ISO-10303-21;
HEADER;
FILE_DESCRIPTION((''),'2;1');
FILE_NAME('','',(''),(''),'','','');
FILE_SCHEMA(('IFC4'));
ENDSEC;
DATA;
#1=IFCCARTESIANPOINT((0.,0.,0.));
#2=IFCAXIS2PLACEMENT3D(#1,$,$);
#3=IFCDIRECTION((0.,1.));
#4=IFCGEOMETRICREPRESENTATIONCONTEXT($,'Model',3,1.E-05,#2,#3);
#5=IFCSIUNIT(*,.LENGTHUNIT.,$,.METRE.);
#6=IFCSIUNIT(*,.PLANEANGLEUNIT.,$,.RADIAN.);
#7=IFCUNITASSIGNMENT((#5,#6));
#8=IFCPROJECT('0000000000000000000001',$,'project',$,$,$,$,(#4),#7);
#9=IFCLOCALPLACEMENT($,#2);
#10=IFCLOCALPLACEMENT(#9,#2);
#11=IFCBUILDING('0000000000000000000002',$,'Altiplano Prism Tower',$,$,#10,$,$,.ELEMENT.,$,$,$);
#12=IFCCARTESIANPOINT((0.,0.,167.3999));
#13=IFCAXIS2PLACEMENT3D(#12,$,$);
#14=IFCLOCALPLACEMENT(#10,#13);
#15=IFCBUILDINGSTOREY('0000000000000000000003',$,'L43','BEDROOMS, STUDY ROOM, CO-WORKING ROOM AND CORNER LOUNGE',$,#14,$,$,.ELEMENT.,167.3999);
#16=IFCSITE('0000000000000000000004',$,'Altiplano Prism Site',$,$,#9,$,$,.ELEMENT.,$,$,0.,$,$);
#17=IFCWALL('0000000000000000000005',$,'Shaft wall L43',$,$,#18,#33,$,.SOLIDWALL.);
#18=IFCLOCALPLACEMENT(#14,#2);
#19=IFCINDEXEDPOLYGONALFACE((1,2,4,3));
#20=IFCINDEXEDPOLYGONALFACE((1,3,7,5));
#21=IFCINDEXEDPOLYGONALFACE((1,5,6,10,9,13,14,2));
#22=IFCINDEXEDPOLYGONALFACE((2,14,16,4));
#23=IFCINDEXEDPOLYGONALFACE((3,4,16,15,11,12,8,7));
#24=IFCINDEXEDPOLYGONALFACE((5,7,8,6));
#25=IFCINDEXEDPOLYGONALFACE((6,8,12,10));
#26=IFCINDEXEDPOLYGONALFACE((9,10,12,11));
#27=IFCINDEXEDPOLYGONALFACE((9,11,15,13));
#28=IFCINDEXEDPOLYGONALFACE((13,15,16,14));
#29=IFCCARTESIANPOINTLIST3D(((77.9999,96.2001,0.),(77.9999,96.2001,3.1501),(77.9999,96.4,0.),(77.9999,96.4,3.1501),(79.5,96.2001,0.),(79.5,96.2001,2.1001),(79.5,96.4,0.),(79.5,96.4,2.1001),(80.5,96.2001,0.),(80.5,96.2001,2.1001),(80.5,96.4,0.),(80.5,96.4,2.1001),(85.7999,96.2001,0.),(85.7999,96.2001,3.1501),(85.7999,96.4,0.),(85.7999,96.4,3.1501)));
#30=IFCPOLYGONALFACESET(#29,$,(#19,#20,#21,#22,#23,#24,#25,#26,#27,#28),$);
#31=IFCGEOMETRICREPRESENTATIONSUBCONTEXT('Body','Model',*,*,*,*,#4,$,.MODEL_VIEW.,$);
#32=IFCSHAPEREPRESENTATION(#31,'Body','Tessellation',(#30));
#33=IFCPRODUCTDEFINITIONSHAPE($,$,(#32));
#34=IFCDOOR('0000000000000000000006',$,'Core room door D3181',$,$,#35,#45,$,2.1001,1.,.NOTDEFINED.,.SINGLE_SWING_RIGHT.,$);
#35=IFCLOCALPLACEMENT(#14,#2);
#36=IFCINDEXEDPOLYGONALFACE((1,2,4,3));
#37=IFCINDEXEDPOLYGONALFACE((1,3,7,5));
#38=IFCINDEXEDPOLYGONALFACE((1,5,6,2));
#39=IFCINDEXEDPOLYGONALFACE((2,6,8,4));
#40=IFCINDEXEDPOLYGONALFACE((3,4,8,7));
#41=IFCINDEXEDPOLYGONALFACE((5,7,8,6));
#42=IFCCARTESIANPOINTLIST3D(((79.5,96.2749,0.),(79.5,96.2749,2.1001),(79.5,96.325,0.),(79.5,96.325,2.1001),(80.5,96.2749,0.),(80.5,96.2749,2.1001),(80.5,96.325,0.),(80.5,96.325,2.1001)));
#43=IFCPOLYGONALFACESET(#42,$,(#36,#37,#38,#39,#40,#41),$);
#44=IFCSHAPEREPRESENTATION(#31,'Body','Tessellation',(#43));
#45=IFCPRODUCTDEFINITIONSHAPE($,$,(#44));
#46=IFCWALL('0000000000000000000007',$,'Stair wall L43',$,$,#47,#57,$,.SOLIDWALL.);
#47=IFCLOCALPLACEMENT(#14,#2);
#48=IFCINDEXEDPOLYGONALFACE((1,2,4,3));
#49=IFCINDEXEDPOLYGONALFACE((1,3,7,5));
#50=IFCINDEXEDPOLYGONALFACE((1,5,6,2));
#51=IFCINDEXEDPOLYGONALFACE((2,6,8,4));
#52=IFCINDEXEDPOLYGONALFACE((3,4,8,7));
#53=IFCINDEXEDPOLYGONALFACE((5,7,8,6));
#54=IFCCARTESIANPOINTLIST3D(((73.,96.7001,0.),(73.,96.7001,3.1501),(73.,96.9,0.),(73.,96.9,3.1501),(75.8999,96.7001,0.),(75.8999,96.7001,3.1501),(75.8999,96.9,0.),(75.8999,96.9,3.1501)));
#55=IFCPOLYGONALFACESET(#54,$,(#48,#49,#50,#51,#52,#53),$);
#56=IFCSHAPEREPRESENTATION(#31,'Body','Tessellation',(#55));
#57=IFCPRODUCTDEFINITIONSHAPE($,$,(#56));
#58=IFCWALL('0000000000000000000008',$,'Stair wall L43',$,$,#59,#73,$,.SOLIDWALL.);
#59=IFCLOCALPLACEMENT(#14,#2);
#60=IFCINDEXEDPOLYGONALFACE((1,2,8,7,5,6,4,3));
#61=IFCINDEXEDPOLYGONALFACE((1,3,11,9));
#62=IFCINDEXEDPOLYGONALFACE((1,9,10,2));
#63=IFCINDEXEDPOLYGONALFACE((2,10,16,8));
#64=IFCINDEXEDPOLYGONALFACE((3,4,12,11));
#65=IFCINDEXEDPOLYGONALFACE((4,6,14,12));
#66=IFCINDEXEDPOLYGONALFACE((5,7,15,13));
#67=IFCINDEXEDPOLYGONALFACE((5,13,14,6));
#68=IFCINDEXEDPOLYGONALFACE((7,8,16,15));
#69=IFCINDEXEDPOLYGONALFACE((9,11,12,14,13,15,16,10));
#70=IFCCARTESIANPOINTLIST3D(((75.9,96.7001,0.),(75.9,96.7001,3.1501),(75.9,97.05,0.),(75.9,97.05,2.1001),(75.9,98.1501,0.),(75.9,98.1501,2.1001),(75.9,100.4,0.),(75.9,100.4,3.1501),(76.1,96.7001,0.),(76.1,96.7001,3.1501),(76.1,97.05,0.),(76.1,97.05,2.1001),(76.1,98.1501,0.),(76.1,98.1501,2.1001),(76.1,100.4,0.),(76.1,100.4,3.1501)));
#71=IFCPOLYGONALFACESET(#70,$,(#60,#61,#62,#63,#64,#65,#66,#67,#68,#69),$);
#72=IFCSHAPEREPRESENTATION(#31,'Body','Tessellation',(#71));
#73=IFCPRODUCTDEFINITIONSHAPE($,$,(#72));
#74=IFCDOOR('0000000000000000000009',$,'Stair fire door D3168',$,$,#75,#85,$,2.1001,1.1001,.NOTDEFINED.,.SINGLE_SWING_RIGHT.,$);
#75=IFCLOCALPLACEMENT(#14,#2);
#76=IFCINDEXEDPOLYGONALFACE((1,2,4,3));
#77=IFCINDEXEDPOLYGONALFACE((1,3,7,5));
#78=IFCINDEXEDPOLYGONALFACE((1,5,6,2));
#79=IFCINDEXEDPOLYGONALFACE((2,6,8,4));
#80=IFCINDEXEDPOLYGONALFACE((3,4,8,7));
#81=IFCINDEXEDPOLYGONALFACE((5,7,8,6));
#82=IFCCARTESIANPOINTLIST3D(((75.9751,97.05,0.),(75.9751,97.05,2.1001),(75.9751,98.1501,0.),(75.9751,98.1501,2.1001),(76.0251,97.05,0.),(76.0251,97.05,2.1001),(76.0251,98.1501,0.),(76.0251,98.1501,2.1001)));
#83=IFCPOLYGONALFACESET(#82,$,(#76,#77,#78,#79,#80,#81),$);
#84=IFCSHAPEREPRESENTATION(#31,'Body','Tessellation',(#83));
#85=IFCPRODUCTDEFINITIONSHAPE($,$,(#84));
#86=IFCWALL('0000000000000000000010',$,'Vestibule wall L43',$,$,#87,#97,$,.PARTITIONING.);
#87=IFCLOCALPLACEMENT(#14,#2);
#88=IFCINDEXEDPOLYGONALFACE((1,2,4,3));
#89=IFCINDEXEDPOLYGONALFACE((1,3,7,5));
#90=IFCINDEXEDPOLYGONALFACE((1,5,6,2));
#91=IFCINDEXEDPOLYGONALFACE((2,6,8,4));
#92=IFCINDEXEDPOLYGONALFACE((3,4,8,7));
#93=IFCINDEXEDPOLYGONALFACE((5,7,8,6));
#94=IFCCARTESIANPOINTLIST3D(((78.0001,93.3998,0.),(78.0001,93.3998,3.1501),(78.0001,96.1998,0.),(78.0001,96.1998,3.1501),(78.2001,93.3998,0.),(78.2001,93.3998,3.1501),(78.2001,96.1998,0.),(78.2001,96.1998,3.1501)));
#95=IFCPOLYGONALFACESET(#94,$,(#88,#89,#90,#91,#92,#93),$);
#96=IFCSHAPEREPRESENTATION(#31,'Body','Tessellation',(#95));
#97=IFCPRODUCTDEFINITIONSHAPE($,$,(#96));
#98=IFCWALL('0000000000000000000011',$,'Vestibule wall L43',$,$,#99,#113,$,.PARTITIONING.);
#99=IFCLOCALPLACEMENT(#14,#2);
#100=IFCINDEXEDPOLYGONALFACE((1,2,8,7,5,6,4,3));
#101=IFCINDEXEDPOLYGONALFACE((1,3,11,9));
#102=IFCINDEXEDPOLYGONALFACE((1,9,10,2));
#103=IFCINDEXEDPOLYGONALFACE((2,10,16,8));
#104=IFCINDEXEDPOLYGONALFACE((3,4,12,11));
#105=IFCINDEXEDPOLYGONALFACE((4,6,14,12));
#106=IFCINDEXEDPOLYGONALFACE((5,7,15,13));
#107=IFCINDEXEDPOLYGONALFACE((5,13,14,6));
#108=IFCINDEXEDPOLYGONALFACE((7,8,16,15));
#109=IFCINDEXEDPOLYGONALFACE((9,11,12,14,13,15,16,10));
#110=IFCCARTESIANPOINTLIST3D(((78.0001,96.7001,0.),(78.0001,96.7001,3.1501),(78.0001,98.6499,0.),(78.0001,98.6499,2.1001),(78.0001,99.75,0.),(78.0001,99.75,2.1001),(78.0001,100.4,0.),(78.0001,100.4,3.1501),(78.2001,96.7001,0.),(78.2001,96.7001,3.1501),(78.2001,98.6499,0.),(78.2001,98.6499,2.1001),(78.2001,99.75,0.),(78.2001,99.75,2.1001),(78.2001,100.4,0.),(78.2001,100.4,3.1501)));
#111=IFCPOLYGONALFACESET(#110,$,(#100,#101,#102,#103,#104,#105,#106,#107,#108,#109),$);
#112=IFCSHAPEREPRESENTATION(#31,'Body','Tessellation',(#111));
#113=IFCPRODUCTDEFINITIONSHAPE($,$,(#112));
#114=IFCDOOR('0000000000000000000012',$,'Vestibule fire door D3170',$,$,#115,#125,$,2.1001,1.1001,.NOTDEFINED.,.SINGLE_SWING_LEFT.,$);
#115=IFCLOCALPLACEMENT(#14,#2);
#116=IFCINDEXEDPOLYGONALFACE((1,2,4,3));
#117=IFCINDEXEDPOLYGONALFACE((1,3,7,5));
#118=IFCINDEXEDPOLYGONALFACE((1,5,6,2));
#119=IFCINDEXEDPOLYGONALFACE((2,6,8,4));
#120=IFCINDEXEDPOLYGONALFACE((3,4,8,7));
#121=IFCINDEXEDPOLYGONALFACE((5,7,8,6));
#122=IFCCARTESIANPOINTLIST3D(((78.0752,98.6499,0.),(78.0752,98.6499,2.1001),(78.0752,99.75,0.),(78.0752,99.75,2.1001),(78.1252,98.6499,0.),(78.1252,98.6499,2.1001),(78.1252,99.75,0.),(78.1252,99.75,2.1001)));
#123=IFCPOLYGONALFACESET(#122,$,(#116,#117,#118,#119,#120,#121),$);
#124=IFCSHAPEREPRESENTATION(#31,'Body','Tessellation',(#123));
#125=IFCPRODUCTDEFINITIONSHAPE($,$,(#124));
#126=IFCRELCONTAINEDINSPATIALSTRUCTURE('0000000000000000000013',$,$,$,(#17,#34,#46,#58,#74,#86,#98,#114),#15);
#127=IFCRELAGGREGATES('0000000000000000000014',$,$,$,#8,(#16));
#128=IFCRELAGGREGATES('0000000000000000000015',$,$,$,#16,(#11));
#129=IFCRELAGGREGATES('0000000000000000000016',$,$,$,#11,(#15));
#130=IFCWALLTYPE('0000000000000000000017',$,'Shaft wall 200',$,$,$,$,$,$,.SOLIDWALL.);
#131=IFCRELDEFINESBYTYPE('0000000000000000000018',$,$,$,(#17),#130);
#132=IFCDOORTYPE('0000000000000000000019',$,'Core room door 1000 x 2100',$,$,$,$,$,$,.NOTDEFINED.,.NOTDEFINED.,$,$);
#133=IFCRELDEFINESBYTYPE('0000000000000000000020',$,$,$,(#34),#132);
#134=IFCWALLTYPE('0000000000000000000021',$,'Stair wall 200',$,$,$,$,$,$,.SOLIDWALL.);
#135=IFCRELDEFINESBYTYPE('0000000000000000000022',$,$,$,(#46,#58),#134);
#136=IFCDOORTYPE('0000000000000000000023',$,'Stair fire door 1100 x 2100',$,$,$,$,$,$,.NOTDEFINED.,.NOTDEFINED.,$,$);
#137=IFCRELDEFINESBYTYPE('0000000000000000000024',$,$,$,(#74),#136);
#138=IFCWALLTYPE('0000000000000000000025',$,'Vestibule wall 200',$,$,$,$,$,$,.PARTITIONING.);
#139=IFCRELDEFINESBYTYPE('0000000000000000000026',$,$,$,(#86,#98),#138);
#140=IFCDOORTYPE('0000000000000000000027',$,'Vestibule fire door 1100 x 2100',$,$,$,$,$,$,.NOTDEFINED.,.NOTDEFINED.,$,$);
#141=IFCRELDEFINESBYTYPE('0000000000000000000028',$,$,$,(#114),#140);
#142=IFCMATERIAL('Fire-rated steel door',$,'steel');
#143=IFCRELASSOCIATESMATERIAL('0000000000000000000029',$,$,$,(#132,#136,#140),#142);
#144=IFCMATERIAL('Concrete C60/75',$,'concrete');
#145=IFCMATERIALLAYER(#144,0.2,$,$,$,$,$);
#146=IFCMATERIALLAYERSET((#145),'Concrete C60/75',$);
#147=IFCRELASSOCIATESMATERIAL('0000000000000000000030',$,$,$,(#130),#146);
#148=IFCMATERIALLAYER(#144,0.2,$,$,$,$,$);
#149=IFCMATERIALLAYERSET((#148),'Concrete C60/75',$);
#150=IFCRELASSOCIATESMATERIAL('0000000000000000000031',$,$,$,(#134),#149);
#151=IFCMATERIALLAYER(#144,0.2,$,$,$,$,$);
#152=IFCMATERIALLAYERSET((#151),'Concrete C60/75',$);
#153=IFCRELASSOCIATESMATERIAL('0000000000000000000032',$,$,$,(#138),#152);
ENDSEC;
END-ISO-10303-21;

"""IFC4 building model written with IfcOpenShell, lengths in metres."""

from ifc_helpers import new_model, si_unit, direction, frame, frame_2d, origin, place, context, subcontext, project, spatial, rectangle, extrude, material, layer, layer_set, type_object, element, fill, save


model = new_model("IFC4")

# Units and contexts
model_context = context("Model", 3, precision=1e-05, world=origin(), true_north=direction((0.0, 1.0)))
body_context = subcontext(model_context, "Body", "Model", "MODEL_VIEW")
ifc_project = project(units=[si_unit("LENGTHUNIT", "METRE"), si_unit("PLANEANGLEUNIT", "RADIAN")], contexts=[model_context])

# Site, building, storey
site_placement = place(None, origin())
site = spatial("IfcSite", under=ifc_project, at=site_placement, Name="Altiplano Prism Site", CompositionType="ELEMENT", RefElevation=0.0)
building_placement = place(site_placement, origin())
building = spatial("IfcBuilding", under=site, at=building_placement, Name="Altiplano Prism Tower", CompositionType="ELEMENT")
storey_placement = place(building_placement, frame((0.0, 0.0, 167.3999)))
storey = spatial("IfcBuildingStorey", under=building, at=storey_placement, Name="L43", Description="BEDROOMS, STUDY ROOM, CO-WORKING ROOM AND CORNER LOUNGE", CompositionType="ELEMENT", Elevation=167.3999)

# Shared definitions
ifc_material_1 = material(Name="Concrete C60/75", Category="concrete")

# Shared definitions
ifc_material_2 = material(Name="Fire-rated steel door", Category="steel")
door_type_1 = type_object("IfcDoorType", Name="Core room door 1000 x 2100", OperationType="NOTDEFINED", PredefinedType="NOTDEFINED", material=ifc_material_2)

# Wall, opening, door
ifc_layer_1 = layer(ifc_material_1, 0.2)
ifc_layer_set_1 = layer_set([ifc_layer_1], Name="Concrete C60/75")
wall_type_1 = type_object("IfcWallType", Name="Shaft wall 200", PredefinedType="SOLIDWALL", material=ifc_layer_set_1)
wall_1_placement = place(storey_placement, frame((78.0, 96.3, 0.0), z_axis=(0.0, 0.0, 1.0), x_axis=(1.0, 0.0, 0.0)))
wall_1 = element("IfcWall", 1, at=wall_1_placement, inside=storey, type_object=wall_type_1, Name="Shaft wall L43", PredefinedType="SOLIDWALL", context=body_context, shape_type="SweptSolid", body=[
    extrude(rectangle(XDim=7.8, YDim=0.2, at=frame_2d((3.8999, 0.0))), origin(), (0.0, 0.0, 1.0), 3.1501),
])
opening_1_placement = place(wall_1_placement, frame((1.5, 0.0, 0.0)))
opening_1 = element("IfcOpeningElement", 2, at=opening_1_placement, cuts=wall_1, PredefinedType="OPENING", context=body_context, shape_type="SweptSolid", body=[
    extrude(rectangle(XDim=1.0, YDim=2.1001, at=frame_2d((0.5, 1.05))), frame((0.0, 0.1104, 0.0), z_axis=(0.0, -1.0, 0.0), x_axis=(1.0, 0.0, 0.0)), (0.0, 0.0, 1.0), 0.2209),
])
door_1_placement = place(opening_1_placement, origin())
door_1 = element("IfcDoor", 3, at=door_1_placement, inside=storey, type_object=door_type_1, Name="Core room door D3181", OperationType="SINGLE_SWING_RIGHT", OverallHeight=2.1001, OverallWidth=1.0, PredefinedType="NOTDEFINED", context=body_context, shape_type="SweptSolid", body=[
    extrude(rectangle(XDim=1.0, YDim=2.1001, at=frame_2d((0.5, 1.05))), frame((0.0, 0.0249, 0.0), z_axis=(0.0, -1.0, 0.0), x_axis=(1.0, 0.0, 0.0)), (0.0, 0.0, 1.0), 0.05),
])
fill(opening_1, door_1)

# Wall
ifc_layer_2 = layer(ifc_material_1, 0.2)
ifc_layer_set_2 = layer_set([ifc_layer_2], Name="Concrete C60/75")
wall_type_2 = type_object("IfcWallType", Name="Stair wall 200", PredefinedType="SOLIDWALL", material=ifc_layer_set_2)
wall_2_placement = place(storey_placement, frame((73.0, 96.8, 0.0), z_axis=(0.0, 0.0, 1.0), x_axis=(1.0, 0.0, 0.0)))
element("IfcWall", 4, at=wall_2_placement, inside=storey, type_object=wall_type_2, Name="Stair wall L43", PredefinedType="SOLIDWALL", context=body_context, shape_type="SweptSolid", body=[
    extrude(rectangle(XDim=2.8999, YDim=0.2, at=frame_2d((1.45, 0.0))), origin(), (0.0, 0.0, 1.0), 3.1501),
])

# Wall, opening, door
wall_3_placement = place(storey_placement, frame((76.0, 96.7, 0.0), z_axis=(0.0, 0.0, 1.0), x_axis=(0.0, 1.0, 0.0)))
wall_3 = element("IfcWall", 5, at=wall_3_placement, inside=storey, type_object=wall_type_2, Name="Stair wall L43", PredefinedType="SOLIDWALL", context=body_context, shape_type="SweptSolid", body=[
    extrude(rectangle(XDim=3.7, YDim=0.2, at=frame_2d((1.8501, 0.0))), origin(), (0.0, 0.0, 1.0), 3.1501),
])
opening_2_placement = place(wall_3_placement, frame((0.3501, 0.0, 0.0)))
opening_2 = element("IfcOpeningElement", 6, at=opening_2_placement, cuts=wall_3, PredefinedType="OPENING", context=body_context, shape_type="SweptSolid", body=[
    extrude(rectangle(XDim=1.1001, YDim=2.1001, at=frame_2d((0.55, 1.05))), frame((0.0, 0.1104, 0.0), z_axis=(0.0, -1.0, 0.0), x_axis=(1.0, 0.0, 0.0)), (0.0, 0.0, 1.0), 0.2209),
])
door_type_2 = type_object("IfcDoorType", Name="Stair fire door 1100 x 2100", OperationType="NOTDEFINED", PredefinedType="NOTDEFINED", material=ifc_material_2)
door_2_placement = place(opening_2_placement, origin())
door_2 = element("IfcDoor", 7, at=door_2_placement, inside=storey, type_object=door_type_2, Name="Stair fire door D3168", OperationType="SINGLE_SWING_RIGHT", OverallHeight=2.1001, OverallWidth=1.1001, PredefinedType="NOTDEFINED", context=body_context, shape_type="SweptSolid", body=[
    extrude(rectangle(XDim=1.1001, YDim=2.1001, at=frame_2d((0.55, 1.05))), frame((0.0, 0.0249, 0.0), z_axis=(0.0, -1.0, 0.0), x_axis=(1.0, 0.0, 0.0)), (0.0, 0.0, 1.0), 0.05),
])
fill(opening_2, door_2)

# Wall
ifc_layer_3 = layer(ifc_material_1, 0.2)
ifc_layer_set_3 = layer_set([ifc_layer_3], Name="Concrete C60/75")
wall_type_3 = type_object("IfcWallType", Name="Vestibule wall 200", PredefinedType="PARTITIONING", material=ifc_layer_set_3)
wall_4_placement = place(storey_placement, frame((78.1001, 93.3999, 0.0), z_axis=(0.0, 0.0, 1.0), x_axis=(0.0, 1.0, 0.0)))
element("IfcWall", 8, at=wall_4_placement, inside=storey, type_object=wall_type_3, Name="Vestibule wall L43", PredefinedType="PARTITIONING", context=body_context, shape_type="SweptSolid", body=[
    extrude(rectangle(XDim=2.8, YDim=0.2, at=frame_2d((1.3999, 0.0))), origin(), (0.0, 0.0, 1.0), 3.1501),
])

# Wall, opening, door
wall_5_placement = place(storey_placement, frame((78.1001, 96.7, 0.0), z_axis=(0.0, 0.0, 1.0), x_axis=(0.0, 1.0, 0.0)))
wall_5 = element("IfcWall", 9, at=wall_5_placement, inside=storey, type_object=wall_type_3, Name="Vestibule wall L43", PredefinedType="PARTITIONING", context=body_context, shape_type="SweptSolid", body=[
    extrude(rectangle(XDim=3.7, YDim=0.2, at=frame_2d((1.8501, 0.0))), origin(), (0.0, 0.0, 1.0), 3.1501),
])
opening_3_placement = place(wall_5_placement, frame((1.95, 0.0, 0.0)))
opening_3 = element("IfcOpeningElement", 10, at=opening_3_placement, cuts=wall_5, PredefinedType="OPENING", context=body_context, shape_type="SweptSolid", body=[
    extrude(rectangle(XDim=1.1001, YDim=2.1001, at=frame_2d((0.55, 1.05))), frame((0.0, 0.1104, 0.0), z_axis=(0.0, -1.0, 0.0), x_axis=(1.0, 0.0, 0.0)), (0.0, 0.0, 1.0), 0.2209),
])
door_type_3 = type_object("IfcDoorType", Name="Vestibule fire door 1100 x 2100", OperationType="NOTDEFINED", PredefinedType="NOTDEFINED", material=ifc_material_2)
door_3_placement = place(opening_3_placement, origin())
door_3 = element("IfcDoor", 11, at=door_3_placement, inside=storey, type_object=door_type_3, Name="Vestibule fire door D3170", OperationType="SINGLE_SWING_LEFT", OverallHeight=2.1001, OverallWidth=1.1001, PredefinedType="NOTDEFINED", context=body_context, shape_type="SweptSolid", body=[
    extrude(rectangle(XDim=1.1001, YDim=2.1001, at=frame_2d((0.55, 1.05))), frame((0.0, 0.0249, 0.0), z_axis=(0.0, -1.0, 0.0), x_axis=(1.0, 0.0, 0.0)), (0.0, 0.0, 1.0), 0.05),
])
fill(opening_3, door_3)

save(model, "model.ifc")
